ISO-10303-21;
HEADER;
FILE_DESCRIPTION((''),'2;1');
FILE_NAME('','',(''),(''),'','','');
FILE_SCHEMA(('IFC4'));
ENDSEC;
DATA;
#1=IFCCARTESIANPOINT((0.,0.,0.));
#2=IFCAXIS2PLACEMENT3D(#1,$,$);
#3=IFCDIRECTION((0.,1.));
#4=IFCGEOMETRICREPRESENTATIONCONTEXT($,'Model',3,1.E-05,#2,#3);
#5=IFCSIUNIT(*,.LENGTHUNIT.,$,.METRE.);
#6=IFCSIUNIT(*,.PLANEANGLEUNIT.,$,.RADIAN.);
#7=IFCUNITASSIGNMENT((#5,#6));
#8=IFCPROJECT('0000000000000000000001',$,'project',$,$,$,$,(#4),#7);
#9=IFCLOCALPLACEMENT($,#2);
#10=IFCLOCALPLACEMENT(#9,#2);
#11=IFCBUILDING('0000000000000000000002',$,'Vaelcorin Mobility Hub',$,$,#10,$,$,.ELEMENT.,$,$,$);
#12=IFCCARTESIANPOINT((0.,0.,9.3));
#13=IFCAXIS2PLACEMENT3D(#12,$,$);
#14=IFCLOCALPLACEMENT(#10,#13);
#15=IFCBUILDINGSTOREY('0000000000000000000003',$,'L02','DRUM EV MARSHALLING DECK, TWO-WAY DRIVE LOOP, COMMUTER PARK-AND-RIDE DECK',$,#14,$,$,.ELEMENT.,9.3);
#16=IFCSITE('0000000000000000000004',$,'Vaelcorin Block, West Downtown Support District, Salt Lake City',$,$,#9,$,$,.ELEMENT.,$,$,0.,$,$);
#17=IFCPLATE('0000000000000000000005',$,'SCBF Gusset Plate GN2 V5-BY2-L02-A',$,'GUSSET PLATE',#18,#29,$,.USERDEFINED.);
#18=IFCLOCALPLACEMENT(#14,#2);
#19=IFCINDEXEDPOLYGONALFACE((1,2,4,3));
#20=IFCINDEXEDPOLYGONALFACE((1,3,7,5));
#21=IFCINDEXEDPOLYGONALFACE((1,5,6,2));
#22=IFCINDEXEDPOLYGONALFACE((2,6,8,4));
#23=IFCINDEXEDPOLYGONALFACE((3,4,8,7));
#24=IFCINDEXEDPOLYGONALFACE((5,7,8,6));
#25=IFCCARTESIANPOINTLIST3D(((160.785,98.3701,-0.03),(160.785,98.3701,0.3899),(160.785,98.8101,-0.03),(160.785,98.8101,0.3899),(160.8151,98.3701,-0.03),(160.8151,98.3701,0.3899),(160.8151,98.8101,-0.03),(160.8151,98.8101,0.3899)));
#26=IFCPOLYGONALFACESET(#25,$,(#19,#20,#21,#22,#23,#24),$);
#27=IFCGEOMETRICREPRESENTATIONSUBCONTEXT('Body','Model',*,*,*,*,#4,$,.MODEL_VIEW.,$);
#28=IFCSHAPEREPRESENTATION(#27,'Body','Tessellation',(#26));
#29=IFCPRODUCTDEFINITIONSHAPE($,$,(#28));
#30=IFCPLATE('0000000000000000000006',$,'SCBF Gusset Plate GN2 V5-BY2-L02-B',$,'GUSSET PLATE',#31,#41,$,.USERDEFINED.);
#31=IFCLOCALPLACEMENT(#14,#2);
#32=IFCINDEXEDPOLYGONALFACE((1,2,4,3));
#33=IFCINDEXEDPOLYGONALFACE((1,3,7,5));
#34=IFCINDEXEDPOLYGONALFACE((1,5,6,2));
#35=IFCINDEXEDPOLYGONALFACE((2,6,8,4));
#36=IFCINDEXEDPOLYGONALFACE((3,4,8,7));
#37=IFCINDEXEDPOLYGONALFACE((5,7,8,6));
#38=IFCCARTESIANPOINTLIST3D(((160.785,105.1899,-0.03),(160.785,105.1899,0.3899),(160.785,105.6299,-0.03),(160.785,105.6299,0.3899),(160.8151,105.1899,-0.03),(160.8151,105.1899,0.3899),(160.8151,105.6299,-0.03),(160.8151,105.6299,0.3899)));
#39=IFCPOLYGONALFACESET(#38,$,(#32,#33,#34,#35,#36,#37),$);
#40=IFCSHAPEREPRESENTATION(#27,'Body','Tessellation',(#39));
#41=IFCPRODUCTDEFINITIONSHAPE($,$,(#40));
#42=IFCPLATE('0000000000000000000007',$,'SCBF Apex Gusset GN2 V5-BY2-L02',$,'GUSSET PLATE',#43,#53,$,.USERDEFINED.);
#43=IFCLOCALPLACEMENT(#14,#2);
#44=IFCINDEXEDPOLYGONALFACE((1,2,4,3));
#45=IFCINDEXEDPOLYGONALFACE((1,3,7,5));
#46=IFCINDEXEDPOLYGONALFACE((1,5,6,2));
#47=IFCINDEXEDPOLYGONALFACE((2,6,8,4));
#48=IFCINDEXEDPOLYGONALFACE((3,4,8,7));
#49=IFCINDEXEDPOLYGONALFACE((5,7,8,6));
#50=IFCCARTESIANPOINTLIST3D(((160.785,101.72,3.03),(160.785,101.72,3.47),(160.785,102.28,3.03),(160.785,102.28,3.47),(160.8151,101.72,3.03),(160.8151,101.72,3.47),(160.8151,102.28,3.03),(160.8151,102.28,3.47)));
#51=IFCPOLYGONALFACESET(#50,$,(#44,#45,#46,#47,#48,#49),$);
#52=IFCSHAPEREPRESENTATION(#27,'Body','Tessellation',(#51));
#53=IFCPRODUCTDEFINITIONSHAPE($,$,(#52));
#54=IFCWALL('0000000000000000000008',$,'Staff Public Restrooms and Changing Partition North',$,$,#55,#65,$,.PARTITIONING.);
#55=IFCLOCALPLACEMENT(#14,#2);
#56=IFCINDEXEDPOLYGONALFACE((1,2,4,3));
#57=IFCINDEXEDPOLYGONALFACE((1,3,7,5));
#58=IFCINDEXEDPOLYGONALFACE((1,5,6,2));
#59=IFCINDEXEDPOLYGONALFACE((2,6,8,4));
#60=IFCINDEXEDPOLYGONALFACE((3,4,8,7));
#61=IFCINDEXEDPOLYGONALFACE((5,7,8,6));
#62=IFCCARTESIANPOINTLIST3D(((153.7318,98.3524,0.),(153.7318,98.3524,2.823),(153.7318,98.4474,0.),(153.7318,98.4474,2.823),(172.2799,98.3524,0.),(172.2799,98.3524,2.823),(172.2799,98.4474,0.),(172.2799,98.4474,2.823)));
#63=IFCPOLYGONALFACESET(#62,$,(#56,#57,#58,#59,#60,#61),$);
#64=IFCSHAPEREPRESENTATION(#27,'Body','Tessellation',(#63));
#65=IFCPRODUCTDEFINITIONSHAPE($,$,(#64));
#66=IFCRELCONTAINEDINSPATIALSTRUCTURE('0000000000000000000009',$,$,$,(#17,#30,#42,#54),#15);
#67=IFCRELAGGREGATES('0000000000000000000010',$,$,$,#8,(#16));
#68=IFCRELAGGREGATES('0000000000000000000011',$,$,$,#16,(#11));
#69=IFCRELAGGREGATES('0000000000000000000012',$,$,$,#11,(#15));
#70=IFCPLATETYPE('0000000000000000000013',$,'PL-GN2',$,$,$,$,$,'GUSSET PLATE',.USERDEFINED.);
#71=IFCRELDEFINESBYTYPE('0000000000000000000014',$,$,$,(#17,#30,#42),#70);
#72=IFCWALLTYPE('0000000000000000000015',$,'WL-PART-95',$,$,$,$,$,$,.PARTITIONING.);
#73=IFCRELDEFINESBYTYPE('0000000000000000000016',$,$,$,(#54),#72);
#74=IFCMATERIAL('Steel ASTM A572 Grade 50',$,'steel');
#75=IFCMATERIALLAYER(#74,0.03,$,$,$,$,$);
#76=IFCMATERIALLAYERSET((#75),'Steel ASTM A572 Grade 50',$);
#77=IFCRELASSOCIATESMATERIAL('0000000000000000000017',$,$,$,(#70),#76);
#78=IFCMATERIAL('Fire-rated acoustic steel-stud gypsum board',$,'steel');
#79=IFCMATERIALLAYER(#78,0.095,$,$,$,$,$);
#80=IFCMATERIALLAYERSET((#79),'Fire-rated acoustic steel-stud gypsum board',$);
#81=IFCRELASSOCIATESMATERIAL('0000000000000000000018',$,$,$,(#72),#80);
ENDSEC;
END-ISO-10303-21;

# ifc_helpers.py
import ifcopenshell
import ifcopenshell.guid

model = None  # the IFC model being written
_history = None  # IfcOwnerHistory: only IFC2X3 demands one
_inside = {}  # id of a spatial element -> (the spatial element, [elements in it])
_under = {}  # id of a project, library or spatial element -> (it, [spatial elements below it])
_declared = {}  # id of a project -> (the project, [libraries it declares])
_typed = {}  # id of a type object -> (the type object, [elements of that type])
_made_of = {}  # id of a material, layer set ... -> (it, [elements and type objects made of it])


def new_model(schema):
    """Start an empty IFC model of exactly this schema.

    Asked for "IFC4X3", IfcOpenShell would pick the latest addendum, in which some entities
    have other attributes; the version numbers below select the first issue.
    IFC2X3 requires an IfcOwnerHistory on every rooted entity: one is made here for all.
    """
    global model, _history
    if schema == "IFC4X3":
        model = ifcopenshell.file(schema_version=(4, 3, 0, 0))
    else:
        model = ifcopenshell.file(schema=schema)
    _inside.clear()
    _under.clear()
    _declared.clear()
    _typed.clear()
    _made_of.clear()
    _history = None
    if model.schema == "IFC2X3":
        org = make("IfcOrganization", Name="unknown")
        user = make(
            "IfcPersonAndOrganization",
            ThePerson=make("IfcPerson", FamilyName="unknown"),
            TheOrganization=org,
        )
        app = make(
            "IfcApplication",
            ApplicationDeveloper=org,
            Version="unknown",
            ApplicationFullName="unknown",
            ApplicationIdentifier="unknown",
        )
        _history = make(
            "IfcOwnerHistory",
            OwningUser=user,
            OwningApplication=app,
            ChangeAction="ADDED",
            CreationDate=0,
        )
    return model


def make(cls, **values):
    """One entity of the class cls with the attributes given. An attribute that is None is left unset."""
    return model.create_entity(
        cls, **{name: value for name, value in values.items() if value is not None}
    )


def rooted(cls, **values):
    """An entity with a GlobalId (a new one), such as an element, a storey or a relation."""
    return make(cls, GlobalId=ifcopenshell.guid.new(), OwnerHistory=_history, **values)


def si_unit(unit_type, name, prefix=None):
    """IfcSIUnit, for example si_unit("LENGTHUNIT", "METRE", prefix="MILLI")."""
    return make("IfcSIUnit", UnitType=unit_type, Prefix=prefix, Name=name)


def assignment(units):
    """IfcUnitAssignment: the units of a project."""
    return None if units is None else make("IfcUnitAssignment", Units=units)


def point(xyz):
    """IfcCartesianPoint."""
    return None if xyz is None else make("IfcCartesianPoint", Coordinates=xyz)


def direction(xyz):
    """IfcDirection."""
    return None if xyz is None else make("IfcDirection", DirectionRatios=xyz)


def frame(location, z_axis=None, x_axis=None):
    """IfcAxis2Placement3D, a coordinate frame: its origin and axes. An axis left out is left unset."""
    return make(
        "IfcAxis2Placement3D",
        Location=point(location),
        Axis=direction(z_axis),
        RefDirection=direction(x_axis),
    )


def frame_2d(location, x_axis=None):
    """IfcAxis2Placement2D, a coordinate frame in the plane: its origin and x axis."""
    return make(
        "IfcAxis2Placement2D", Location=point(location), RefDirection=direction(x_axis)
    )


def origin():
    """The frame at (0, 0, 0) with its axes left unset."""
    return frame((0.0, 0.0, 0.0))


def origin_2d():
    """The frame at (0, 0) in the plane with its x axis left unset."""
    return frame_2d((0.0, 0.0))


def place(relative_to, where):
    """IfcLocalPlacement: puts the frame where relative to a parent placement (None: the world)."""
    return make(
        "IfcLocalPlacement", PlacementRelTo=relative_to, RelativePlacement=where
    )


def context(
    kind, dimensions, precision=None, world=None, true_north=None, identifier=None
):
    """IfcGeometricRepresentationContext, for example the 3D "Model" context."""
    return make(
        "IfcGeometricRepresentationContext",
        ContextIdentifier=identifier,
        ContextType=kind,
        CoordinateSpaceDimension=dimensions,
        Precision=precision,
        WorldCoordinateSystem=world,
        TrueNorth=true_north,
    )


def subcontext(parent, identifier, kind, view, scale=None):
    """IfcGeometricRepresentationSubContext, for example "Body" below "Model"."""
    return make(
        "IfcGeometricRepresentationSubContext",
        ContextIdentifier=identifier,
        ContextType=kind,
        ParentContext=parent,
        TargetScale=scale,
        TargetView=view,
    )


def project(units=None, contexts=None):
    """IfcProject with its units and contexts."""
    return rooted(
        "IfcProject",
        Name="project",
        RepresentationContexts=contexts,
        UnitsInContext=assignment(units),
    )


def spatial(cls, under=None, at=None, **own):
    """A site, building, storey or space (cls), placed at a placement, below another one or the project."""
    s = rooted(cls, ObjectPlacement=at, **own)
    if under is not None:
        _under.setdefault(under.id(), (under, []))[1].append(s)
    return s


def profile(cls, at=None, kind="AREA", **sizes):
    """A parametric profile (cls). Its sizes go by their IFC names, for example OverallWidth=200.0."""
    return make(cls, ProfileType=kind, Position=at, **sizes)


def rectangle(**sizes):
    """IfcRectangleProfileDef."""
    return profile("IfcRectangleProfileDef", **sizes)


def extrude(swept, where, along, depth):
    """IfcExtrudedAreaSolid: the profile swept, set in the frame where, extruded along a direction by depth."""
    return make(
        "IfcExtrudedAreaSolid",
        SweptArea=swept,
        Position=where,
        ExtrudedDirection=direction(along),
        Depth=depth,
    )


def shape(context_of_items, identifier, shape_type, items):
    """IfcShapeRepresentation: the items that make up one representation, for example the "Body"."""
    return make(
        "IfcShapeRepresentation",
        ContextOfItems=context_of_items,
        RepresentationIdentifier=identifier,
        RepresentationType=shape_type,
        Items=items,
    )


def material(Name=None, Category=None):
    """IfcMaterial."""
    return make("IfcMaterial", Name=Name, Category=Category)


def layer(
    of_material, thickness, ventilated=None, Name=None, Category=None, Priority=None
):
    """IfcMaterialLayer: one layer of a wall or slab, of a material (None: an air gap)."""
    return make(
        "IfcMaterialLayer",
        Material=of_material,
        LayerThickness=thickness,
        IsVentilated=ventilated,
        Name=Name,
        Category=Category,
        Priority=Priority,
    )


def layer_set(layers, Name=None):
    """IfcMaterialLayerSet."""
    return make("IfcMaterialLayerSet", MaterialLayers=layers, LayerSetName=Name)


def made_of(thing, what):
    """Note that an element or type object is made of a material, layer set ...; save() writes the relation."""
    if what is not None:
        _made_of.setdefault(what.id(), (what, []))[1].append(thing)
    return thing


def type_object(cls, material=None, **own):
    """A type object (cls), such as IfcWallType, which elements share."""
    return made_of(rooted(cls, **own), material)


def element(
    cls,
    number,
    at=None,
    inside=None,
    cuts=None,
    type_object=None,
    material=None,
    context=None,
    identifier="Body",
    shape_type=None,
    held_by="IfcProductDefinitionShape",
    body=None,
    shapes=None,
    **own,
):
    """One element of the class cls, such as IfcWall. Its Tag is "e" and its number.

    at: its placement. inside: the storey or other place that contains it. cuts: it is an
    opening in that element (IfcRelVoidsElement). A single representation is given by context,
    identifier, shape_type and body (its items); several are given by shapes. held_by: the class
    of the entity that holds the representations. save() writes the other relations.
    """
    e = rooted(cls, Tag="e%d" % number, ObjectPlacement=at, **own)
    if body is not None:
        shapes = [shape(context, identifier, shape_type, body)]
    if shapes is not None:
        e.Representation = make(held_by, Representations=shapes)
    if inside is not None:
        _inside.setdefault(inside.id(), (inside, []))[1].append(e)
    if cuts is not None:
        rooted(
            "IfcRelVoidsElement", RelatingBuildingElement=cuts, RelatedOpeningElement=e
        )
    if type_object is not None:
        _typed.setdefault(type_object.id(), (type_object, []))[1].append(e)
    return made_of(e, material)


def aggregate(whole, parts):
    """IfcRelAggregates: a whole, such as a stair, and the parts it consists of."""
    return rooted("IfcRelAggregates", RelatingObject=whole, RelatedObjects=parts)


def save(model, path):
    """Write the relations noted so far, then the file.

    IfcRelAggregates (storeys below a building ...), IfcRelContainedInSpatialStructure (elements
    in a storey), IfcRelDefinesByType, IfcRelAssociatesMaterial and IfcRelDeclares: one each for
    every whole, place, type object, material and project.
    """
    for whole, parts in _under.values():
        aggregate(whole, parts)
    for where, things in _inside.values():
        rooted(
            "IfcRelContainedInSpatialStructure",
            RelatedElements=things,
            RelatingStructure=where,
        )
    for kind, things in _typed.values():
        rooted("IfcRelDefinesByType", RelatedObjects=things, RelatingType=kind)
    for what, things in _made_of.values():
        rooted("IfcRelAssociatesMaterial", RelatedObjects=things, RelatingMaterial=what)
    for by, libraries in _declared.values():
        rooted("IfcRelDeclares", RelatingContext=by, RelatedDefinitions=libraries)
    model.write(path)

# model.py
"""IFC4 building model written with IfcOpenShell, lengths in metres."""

from ifc_helpers import new_model, si_unit, direction, frame, frame_2d, origin, origin_2d, place, context, subcontext, project, spatial, rectangle, extrude, material, layer, layer_set, type_object, element, save


model = new_model("IFC4")

# Units and contexts
model_context = context("Model", 3, precision=1e-05, world=origin(), true_north=direction((0.0, 1.0)))
body_context = subcontext(model_context, "Body", "Model", "MODEL_VIEW")
ifc_project = project(units=[si_unit("LENGTHUNIT", "METRE"), si_unit("PLANEANGLEUNIT", "RADIAN")], contexts=[model_context])

# Site, building, storey
site_placement = place(None, origin())
site = spatial("IfcSite", under=ifc_project, at=site_placement, Name="Vaelcorin Block, West Downtown Support District, Salt Lake City", CompositionType="ELEMENT", RefElevation=0.0)
building_placement = place(site_placement, origin())
building = spatial("IfcBuilding", under=site, at=building_placement, Name="Vaelcorin Mobility Hub", CompositionType="ELEMENT")
storey_placement = place(building_placement, frame((0.0, 0.0, 9.3)))
storey = spatial("IfcBuildingStorey", under=building, at=storey_placement, Name="L02", Description="DRUM EV MARSHALLING DECK, TWO-WAY DRIVE LOOP, COMMUTER PARK-AND-RIDE DECK", CompositionType="ELEMENT", Elevation=9.3)

# Plates
ifc_material_1 = material(Name="Steel ASTM A572 Grade 50", Category="steel")
ifc_layer_1 = layer(ifc_material_1, 0.03)
ifc_layer_set_1 = layer_set([ifc_layer_1], Name="Steel ASTM A572 Grade 50")
plate_type_1 = type_object("IfcPlateType", Name="PL-GN2", ElementType="GUSSET PLATE", PredefinedType="USERDEFINED", material=ifc_layer_set_1)
for number, where, z_axis, x_axis, name in (
    (1, (160.8, 98.5901, -0.03), (0.0, 0.0, 1.0), (0.0, 1.0, 0.0), "SCBF Gusset Plate GN2 V5-BY2-L02-A"),
    (2, (160.8, 105.4099, -0.03), (0.0, 0.0, 1.0), (0.0, 1.0, 0.0), "SCBF Gusset Plate GN2 V5-BY2-L02-B"),
):
    element("IfcPlate", number, at=place(storey_placement, frame(where, z_axis=z_axis, x_axis=x_axis)), inside=storey, type_object=plate_type_1, Name=name, ObjectType="GUSSET PLATE", PredefinedType="USERDEFINED", context=body_context, shape_type="SweptSolid", body=[
        extrude(rectangle(XDim=0.4399, YDim=0.03, at=origin_2d()), origin(), (0.0, 0.0, 1.0), 0.4199),
    ])
plate_1_placement = place(storey_placement, frame((160.8, 102.0, 3.03), z_axis=(0.0, 0.0, 1.0), x_axis=(0.0, 1.0, 0.0)))
element("IfcPlate", 3, at=plate_1_placement, inside=storey, type_object=plate_type_1, Name="SCBF Apex Gusset GN2 V5-BY2-L02", ObjectType="GUSSET PLATE", PredefinedType="USERDEFINED", context=body_context, shape_type="SweptSolid", body=[
    extrude(rectangle(XDim=0.5601, YDim=0.03, at=origin_2d()), origin(), (0.0, 0.0, 1.0), 0.4399),
])

# Wall
ifc_material_2 = material(Name="Fire-rated acoustic steel-stud gypsum board", Category="steel")
ifc_layer_2 = layer(ifc_material_2, 0.095)
ifc_layer_set_2 = layer_set([ifc_layer_2], Name="Fire-rated acoustic steel-stud gypsum board")
wall_type = type_object("IfcWallType", Name="WL-PART-95", PredefinedType="PARTITIONING", material=ifc_layer_set_2)
wall_placement = place(storey_placement, frame((153.7319, 98.3999, 0.0), z_axis=(0.0, 0.0, 1.0), x_axis=(1.0, 0.0, 0.0)))
element("IfcWall", 4, at=wall_placement, inside=storey, type_object=wall_type, Name="Staff Public Restrooms and Changing Partition North", PredefinedType="PARTITIONING", context=body_context, shape_type="SweptSolid", body=[
    extrude(rectangle(XDim=18.5481, YDim=0.095, at=frame_2d((9.2739, 0.0))), origin(), (0.0, 0.0, 1.0), 2.823),
])

save(model, "model.ifc")
